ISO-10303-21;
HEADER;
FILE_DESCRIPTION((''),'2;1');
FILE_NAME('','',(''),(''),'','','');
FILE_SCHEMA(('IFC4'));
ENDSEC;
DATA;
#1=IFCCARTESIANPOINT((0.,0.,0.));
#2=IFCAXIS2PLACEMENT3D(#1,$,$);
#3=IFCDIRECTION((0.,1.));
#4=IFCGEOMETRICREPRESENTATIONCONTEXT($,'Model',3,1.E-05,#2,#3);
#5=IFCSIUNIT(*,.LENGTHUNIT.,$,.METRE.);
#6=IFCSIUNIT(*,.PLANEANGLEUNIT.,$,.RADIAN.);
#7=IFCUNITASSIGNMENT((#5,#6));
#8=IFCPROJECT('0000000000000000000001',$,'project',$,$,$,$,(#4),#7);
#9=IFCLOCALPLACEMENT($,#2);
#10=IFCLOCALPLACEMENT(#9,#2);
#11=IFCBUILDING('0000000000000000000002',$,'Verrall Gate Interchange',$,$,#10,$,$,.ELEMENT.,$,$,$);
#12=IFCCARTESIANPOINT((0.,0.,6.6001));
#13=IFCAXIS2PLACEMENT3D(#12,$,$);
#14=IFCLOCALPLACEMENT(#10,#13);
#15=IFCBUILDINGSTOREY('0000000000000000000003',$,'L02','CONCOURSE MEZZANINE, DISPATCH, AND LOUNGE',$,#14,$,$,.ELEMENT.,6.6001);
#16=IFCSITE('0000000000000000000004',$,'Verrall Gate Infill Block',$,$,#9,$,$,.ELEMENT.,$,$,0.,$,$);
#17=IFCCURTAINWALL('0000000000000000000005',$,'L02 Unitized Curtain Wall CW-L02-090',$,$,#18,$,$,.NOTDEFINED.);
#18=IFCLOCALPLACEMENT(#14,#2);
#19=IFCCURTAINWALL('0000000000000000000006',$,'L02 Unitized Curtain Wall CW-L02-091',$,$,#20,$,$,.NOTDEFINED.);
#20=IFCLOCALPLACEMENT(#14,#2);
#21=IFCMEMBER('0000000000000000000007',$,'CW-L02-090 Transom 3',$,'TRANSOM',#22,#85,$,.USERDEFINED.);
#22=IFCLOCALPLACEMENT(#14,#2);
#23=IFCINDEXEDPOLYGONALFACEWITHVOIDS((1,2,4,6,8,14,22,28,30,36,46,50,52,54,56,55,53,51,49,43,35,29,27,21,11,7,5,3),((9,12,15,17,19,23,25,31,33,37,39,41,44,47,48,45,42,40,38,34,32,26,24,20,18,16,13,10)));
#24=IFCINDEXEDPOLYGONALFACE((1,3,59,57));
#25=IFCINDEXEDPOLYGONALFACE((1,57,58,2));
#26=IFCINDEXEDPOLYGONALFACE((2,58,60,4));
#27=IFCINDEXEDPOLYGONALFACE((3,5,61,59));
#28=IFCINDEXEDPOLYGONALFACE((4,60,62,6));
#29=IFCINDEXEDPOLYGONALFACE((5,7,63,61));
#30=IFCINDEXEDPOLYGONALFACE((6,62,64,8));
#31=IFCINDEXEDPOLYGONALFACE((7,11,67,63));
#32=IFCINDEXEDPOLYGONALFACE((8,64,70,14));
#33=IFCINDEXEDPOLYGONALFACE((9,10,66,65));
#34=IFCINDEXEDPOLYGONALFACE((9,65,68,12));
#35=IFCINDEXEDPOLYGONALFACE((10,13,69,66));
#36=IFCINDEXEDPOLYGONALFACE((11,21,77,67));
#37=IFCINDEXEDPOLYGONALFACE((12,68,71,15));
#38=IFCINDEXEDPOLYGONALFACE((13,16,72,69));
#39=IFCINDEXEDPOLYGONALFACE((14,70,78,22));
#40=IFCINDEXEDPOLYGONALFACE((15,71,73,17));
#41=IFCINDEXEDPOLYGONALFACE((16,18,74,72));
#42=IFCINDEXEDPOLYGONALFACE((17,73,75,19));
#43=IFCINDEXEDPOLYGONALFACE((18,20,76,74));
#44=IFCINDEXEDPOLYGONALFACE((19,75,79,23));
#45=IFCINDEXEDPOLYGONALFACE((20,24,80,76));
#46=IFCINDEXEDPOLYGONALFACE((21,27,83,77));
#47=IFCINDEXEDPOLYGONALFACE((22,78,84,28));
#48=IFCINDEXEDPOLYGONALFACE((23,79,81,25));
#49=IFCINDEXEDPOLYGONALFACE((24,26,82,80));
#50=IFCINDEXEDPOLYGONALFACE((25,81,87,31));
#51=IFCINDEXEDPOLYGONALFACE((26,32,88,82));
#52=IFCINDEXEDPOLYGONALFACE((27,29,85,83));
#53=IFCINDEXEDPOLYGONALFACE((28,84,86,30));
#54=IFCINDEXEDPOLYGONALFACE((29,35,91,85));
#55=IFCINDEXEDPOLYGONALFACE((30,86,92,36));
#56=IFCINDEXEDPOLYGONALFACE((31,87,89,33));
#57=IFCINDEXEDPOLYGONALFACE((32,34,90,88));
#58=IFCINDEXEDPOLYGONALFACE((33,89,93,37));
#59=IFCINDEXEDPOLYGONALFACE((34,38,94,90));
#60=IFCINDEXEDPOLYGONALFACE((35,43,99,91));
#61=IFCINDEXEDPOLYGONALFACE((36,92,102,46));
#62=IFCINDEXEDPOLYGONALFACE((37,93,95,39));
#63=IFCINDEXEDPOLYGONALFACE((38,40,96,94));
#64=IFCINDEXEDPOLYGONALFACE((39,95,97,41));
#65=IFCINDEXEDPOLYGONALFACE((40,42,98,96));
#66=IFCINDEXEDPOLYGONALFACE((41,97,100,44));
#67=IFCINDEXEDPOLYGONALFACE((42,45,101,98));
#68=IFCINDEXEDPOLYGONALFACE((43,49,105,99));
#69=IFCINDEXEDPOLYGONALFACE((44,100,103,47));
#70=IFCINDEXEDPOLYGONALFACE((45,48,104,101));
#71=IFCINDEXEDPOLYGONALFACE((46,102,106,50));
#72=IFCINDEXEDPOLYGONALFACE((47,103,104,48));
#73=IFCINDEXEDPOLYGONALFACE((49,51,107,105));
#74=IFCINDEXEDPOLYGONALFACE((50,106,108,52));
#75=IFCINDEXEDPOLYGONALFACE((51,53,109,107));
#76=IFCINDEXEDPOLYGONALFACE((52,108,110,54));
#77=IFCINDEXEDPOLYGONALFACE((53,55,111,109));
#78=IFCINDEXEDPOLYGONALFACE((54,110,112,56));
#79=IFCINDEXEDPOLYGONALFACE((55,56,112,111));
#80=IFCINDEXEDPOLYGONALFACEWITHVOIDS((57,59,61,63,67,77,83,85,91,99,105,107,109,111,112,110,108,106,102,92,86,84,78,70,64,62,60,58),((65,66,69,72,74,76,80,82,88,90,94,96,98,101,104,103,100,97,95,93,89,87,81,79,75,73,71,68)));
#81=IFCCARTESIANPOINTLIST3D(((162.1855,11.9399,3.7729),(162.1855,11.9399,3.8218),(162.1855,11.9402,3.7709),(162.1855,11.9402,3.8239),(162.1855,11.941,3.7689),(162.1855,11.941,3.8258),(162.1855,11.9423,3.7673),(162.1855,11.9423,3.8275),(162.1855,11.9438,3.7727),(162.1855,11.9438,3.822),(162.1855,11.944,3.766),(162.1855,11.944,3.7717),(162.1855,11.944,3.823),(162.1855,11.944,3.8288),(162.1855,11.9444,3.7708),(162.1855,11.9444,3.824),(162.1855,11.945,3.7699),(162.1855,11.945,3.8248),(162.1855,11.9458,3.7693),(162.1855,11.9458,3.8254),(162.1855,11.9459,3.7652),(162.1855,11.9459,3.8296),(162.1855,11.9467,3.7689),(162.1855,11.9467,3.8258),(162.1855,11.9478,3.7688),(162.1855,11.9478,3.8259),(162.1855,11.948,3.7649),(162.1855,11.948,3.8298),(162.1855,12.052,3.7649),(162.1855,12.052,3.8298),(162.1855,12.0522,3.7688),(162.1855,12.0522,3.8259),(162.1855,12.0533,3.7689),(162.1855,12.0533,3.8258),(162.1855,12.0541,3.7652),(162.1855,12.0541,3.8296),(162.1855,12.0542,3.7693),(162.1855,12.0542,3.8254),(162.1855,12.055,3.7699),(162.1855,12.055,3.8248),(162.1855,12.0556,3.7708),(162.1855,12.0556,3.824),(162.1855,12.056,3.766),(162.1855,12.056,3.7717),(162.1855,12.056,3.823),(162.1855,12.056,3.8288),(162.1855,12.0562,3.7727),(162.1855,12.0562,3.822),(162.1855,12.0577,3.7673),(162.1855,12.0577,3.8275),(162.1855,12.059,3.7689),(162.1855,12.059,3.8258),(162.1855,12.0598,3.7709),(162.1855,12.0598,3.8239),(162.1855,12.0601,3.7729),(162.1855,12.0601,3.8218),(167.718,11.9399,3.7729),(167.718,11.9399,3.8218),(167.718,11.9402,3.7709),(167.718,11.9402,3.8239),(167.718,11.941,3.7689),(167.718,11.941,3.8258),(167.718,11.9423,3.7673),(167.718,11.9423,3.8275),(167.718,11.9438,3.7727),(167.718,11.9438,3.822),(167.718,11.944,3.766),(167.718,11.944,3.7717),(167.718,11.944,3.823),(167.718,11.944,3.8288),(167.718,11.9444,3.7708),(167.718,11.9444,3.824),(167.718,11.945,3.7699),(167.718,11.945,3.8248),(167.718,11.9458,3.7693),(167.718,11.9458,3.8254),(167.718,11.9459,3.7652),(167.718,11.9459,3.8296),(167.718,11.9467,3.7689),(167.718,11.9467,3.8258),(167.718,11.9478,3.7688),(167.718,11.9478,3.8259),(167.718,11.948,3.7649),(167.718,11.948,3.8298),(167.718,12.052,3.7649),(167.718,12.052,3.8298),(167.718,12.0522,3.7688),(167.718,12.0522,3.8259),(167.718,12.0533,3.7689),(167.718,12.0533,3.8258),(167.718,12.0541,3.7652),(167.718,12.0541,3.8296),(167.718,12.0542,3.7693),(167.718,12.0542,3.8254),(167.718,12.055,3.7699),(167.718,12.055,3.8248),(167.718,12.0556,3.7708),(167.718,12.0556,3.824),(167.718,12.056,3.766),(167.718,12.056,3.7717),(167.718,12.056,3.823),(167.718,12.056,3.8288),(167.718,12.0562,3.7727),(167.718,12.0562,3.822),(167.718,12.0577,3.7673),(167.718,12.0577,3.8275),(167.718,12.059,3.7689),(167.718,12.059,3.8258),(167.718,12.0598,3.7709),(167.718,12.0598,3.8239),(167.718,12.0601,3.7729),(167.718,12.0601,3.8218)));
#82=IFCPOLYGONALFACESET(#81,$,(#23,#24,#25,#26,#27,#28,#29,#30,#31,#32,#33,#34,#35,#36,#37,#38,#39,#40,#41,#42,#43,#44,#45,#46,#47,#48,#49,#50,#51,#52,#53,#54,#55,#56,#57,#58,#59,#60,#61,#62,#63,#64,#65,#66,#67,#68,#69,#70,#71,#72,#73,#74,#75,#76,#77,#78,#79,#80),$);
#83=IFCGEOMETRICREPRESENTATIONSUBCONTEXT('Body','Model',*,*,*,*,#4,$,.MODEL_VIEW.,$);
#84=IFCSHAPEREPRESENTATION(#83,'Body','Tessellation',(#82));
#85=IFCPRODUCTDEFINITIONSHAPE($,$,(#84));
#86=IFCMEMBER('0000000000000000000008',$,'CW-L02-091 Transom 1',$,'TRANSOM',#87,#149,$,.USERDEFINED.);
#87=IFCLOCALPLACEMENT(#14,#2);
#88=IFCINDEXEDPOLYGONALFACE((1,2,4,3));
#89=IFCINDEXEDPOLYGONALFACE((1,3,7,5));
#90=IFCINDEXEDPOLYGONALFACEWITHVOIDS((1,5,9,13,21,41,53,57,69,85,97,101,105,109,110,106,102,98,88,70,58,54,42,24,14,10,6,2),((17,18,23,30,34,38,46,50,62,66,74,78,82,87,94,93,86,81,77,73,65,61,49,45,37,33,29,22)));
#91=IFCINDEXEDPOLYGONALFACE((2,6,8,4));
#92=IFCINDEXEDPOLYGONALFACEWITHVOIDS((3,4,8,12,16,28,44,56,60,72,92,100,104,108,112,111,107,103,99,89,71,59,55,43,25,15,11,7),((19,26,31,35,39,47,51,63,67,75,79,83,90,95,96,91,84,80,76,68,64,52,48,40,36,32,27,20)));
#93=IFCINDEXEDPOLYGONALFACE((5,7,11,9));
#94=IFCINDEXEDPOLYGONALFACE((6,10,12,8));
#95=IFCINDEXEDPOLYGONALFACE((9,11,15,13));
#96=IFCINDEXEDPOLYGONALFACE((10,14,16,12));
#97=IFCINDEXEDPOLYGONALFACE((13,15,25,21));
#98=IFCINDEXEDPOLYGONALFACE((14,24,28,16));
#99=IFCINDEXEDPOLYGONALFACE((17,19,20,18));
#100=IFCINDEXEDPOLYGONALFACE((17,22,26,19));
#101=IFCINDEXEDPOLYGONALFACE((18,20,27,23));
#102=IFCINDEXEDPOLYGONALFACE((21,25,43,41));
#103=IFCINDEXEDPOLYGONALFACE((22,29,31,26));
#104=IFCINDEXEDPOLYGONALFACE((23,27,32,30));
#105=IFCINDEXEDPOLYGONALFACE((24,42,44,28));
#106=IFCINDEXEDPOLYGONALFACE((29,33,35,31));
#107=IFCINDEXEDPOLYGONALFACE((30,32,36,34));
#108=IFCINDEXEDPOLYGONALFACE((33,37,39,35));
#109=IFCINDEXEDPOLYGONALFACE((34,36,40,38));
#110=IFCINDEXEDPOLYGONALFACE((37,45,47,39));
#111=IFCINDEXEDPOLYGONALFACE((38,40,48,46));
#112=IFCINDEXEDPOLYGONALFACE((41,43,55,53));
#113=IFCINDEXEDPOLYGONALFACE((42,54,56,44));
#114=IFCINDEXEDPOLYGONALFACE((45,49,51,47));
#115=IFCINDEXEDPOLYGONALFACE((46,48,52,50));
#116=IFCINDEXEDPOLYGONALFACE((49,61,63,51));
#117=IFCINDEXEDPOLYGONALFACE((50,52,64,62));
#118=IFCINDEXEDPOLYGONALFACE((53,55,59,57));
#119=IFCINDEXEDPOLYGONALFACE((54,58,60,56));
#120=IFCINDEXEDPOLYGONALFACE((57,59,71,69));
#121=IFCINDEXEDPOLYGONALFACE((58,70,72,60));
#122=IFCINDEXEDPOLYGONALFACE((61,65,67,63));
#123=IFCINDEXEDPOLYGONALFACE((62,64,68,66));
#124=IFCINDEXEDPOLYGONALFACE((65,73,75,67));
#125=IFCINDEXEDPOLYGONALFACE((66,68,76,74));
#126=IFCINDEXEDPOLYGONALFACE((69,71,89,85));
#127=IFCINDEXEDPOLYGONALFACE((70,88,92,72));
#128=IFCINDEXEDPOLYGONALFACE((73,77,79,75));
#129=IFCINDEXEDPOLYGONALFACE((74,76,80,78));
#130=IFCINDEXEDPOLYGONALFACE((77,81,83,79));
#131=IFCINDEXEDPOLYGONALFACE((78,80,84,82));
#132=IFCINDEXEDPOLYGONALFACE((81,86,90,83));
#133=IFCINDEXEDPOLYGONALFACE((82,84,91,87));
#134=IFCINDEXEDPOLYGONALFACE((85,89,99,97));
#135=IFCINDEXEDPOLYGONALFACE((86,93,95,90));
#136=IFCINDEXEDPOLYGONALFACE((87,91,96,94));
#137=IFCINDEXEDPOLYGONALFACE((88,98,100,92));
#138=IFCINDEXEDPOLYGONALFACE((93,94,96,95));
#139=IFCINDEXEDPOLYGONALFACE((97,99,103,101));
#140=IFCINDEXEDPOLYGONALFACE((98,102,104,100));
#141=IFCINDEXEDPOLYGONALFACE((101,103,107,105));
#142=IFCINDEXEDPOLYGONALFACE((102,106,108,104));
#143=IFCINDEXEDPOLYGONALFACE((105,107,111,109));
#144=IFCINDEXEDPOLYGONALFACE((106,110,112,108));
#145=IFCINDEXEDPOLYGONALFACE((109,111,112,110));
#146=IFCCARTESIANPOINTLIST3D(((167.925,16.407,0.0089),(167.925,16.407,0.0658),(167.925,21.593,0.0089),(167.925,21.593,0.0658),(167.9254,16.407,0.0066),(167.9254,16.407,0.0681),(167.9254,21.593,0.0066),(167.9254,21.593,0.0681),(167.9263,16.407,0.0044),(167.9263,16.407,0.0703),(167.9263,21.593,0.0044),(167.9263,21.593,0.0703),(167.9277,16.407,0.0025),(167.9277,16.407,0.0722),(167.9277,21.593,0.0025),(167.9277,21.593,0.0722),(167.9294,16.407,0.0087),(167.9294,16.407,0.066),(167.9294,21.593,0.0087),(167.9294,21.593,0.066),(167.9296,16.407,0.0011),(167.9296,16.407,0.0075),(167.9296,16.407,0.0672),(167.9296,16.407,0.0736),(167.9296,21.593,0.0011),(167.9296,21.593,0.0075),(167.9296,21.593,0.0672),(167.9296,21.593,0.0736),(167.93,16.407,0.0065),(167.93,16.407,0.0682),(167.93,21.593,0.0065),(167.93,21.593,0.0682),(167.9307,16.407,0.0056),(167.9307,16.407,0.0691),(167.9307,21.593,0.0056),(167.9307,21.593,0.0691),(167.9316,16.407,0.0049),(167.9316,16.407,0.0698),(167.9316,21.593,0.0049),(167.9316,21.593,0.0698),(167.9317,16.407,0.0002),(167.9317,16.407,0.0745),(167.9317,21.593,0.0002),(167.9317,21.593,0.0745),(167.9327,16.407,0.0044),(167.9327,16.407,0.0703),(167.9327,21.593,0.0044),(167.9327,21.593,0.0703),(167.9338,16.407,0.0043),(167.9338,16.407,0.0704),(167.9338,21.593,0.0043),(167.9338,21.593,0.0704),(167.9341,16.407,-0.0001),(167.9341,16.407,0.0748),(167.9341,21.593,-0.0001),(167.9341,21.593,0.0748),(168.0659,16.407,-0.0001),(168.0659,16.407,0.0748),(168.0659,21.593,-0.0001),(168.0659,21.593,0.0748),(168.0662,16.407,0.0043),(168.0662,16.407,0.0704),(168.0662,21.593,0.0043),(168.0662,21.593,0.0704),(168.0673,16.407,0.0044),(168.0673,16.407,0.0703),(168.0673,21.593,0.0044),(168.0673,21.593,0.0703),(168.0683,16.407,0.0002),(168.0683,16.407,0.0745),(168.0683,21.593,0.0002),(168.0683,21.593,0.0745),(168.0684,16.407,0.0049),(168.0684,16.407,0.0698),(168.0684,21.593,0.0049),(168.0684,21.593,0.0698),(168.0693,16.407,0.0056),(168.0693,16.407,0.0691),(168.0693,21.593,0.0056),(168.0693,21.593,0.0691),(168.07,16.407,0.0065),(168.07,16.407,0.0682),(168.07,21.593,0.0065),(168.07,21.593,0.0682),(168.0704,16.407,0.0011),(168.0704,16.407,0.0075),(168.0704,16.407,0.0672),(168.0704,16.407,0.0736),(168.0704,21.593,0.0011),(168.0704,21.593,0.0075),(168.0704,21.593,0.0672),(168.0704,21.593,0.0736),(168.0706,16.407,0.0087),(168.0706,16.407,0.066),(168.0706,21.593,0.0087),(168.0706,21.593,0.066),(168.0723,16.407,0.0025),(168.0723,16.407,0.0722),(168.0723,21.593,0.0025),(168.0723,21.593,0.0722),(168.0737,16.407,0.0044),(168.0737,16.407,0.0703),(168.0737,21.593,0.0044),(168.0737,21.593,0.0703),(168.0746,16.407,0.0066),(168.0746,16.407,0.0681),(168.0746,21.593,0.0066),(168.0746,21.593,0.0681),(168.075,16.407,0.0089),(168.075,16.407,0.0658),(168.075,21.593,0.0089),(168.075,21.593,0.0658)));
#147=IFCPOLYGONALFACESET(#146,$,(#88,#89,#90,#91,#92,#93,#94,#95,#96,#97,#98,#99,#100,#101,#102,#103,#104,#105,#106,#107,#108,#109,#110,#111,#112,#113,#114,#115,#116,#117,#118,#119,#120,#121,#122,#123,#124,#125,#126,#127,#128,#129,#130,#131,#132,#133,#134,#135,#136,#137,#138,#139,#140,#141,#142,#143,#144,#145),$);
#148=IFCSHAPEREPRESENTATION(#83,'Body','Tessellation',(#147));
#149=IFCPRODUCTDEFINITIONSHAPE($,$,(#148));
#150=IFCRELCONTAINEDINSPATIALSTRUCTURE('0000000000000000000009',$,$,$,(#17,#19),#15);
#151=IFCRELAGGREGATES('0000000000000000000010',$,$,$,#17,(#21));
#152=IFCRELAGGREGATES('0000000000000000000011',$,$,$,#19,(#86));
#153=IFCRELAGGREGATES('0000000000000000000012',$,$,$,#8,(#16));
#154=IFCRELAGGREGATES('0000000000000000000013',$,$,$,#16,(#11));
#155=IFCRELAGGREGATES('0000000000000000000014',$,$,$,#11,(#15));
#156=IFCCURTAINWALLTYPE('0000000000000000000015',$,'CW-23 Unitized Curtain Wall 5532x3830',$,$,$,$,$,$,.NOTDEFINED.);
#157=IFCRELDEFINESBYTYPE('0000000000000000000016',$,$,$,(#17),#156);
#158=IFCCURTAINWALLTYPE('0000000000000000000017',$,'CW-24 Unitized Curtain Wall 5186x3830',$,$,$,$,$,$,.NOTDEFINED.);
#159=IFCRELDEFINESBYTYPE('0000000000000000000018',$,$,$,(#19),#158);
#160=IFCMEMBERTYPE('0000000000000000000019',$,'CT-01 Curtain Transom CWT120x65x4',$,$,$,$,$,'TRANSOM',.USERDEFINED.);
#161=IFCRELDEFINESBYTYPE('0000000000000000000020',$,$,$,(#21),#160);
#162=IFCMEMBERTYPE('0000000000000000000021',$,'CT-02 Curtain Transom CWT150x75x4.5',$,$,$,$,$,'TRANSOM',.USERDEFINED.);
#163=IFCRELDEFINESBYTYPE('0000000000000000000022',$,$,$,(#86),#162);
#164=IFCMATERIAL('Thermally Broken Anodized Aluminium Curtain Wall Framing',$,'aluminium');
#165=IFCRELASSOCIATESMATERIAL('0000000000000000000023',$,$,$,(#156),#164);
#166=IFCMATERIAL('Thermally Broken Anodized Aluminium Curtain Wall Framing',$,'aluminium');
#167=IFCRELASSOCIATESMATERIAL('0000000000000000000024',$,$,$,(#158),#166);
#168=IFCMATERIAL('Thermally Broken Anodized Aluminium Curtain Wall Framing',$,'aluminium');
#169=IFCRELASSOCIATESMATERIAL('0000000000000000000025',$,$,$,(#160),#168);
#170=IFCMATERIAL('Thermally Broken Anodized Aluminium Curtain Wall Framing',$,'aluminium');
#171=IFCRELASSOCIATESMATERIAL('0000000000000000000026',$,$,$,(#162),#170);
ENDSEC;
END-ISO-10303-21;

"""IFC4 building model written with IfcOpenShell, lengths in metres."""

from ifc_helpers import new_model, si_unit, direction, frame, origin, origin_2d, place, context, subcontext, project, spatial, hollow_rectangle, extrude, material, material_profile, profile_set, type_object, element, aggregate, save


model = new_model("IFC4")

# Units and contexts
model_context = context("Model", 3, precision=1e-05, world=origin(), true_north=direction((0.0, 1.0)))
body_context = subcontext(model_context, "Body", "Model", "MODEL_VIEW")
ifc_project = project(units=[si_unit("LENGTHUNIT", "METRE"), si_unit("PLANEANGLEUNIT", "RADIAN")], contexts=[model_context])

# Site, building, storey
site_placement = place(None, origin())
site = spatial("IfcSite", under=ifc_project, at=site_placement, Name="Verrall Gate Infill Block", CompositionType="ELEMENT", RefElevation=0.0)
building_placement = place(site_placement, origin())
building = spatial("IfcBuilding", under=site, at=building_placement, Name="Verrall Gate Interchange", CompositionType="ELEMENT")
storey_placement = place(building_placement, frame((0.0, 0.0, 6.6001)))
storey = spatial("IfcBuildingStorey", under=building, at=storey_placement, Name="L02", Description="CONCOURSE MEZZANINE, DISPATCH, AND LOUNGE", CompositionType="ELEMENT", Elevation=6.6001)

# Curtain walls
ifc_material_1 = material(Name="Thermally Broken Anodized Aluminium Curtain Wall Framing", Category="aluminium")
curtain_wall_type_1 = type_object("IfcCurtainWallType", Name="CW-23 Unitized Curtain Wall 5532x3830", PredefinedType="NOTDEFINED", material=ifc_material_1)
curtain_wall_1_placement = place(storey_placement, origin())
curtain_wall_1 = element("IfcCurtainWall", 1, at=curtain_wall_1_placement, inside=storey, type_object=curtain_wall_type_1, Name="L02 Unitized Curtain Wall CW-L02-090", PredefinedType="NOTDEFINED")
ifc_material_2 = material(Name="Thermally Broken Anodized Aluminium Curtain Wall Framing", Category="aluminium")
curtain_wall_type_2 = type_object("IfcCurtainWallType", Name="CW-24 Unitized Curtain Wall 5186x3830", PredefinedType="NOTDEFINED", material=ifc_material_2)
curtain_wall_2_placement = place(storey_placement, origin())
curtain_wall_2 = element("IfcCurtainWall", 2, at=curtain_wall_2_placement, inside=storey, type_object=curtain_wall_type_2, Name="L02 Unitized Curtain Wall CW-L02-091", PredefinedType="NOTDEFINED")

# Members
ifc_material_3 = material(Name="Thermally Broken Anodized Aluminium Curtain Wall Framing", Category="aluminium")
ifc_material_profile_1 = material_profile(ifc_material_3, hollow_rectangle(XDim=0.1201, YDim=0.0649, WallThickness=0.0039, InnerFilletRadius=0.0039, OuterFilletRadius=0.0081, at=origin_2d()), Name="CWT120x65x4")
ifc_profile_set_1 = profile_set([ifc_material_profile_1], Name="Thermally Broken Anodized Aluminium Curtain Wall Framing")
member_type_1 = type_object("IfcMemberType", Name="CT-01 Curtain Transom CWT120x65x4", ElementType="TRANSOM", PredefinedType="USERDEFINED", material=ifc_profile_set_1)
member_1_placement = place(storey_placement, frame((162.1855, 12.0, 3.7974), z_axis=(1.0, 0.0, 0.0), x_axis=(0.0, 1.0, 0.0)))
member_1 = element("IfcMember", 3, at=member_1_placement, type_object=member_type_1, Name="CW-L02-090 Transom 3", ObjectType="TRANSOM", PredefinedType="USERDEFINED", context=body_context, shape_type="SweptSolid", body=[
    extrude(hollow_rectangle(XDim=0.1201, YDim=0.0649, WallThickness=0.0039, InnerFilletRadius=0.0039, OuterFilletRadius=0.0081, at=origin_2d()), origin(), (0.0, 0.0, 1.0), 5.5325),
])
ifc_material_4 = material(Name="Thermally Broken Anodized Aluminium Curtain Wall Framing", Category="aluminium")
ifc_material_profile_2 = material_profile(ifc_material_4, hollow_rectangle(XDim=0.1499, YDim=0.075, WallThickness=0.0044, InnerFilletRadius=0.0044, OuterFilletRadius=0.009, at=origin_2d()), Name="CWT150x75x4.5")
ifc_profile_set_2 = profile_set([ifc_material_profile_2], Name="Thermally Broken Anodized Aluminium Curtain Wall Framing")
member_type_2 = type_object("IfcMemberType", Name="CT-02 Curtain Transom CWT150x75x4.5", ElementType="TRANSOM", PredefinedType="USERDEFINED", material=ifc_profile_set_2)
member_2_placement = place(storey_placement, frame((168.0, 16.407, 0.0374), z_axis=(0.0, 1.0, 0.0), x_axis=(-1.0, 0.0, 0.0)))
member_2 = element("IfcMember", 4, at=member_2_placement, type_object=member_type_2, Name="CW-L02-091 Transom 1", ObjectType="TRANSOM", PredefinedType="USERDEFINED", context=body_context, shape_type="SweptSolid", body=[
    extrude(hollow_rectangle(XDim=0.1499, YDim=0.075, WallThickness=0.0044, InnerFilletRadius=0.0044, OuterFilletRadius=0.009, at=origin_2d()), origin(), (0.0, 0.0, 1.0), 5.186),
])

aggregate(curtain_wall_1, [member_1])
aggregate(curtain_wall_2, [member_2])

save(model, "model.ifc")
